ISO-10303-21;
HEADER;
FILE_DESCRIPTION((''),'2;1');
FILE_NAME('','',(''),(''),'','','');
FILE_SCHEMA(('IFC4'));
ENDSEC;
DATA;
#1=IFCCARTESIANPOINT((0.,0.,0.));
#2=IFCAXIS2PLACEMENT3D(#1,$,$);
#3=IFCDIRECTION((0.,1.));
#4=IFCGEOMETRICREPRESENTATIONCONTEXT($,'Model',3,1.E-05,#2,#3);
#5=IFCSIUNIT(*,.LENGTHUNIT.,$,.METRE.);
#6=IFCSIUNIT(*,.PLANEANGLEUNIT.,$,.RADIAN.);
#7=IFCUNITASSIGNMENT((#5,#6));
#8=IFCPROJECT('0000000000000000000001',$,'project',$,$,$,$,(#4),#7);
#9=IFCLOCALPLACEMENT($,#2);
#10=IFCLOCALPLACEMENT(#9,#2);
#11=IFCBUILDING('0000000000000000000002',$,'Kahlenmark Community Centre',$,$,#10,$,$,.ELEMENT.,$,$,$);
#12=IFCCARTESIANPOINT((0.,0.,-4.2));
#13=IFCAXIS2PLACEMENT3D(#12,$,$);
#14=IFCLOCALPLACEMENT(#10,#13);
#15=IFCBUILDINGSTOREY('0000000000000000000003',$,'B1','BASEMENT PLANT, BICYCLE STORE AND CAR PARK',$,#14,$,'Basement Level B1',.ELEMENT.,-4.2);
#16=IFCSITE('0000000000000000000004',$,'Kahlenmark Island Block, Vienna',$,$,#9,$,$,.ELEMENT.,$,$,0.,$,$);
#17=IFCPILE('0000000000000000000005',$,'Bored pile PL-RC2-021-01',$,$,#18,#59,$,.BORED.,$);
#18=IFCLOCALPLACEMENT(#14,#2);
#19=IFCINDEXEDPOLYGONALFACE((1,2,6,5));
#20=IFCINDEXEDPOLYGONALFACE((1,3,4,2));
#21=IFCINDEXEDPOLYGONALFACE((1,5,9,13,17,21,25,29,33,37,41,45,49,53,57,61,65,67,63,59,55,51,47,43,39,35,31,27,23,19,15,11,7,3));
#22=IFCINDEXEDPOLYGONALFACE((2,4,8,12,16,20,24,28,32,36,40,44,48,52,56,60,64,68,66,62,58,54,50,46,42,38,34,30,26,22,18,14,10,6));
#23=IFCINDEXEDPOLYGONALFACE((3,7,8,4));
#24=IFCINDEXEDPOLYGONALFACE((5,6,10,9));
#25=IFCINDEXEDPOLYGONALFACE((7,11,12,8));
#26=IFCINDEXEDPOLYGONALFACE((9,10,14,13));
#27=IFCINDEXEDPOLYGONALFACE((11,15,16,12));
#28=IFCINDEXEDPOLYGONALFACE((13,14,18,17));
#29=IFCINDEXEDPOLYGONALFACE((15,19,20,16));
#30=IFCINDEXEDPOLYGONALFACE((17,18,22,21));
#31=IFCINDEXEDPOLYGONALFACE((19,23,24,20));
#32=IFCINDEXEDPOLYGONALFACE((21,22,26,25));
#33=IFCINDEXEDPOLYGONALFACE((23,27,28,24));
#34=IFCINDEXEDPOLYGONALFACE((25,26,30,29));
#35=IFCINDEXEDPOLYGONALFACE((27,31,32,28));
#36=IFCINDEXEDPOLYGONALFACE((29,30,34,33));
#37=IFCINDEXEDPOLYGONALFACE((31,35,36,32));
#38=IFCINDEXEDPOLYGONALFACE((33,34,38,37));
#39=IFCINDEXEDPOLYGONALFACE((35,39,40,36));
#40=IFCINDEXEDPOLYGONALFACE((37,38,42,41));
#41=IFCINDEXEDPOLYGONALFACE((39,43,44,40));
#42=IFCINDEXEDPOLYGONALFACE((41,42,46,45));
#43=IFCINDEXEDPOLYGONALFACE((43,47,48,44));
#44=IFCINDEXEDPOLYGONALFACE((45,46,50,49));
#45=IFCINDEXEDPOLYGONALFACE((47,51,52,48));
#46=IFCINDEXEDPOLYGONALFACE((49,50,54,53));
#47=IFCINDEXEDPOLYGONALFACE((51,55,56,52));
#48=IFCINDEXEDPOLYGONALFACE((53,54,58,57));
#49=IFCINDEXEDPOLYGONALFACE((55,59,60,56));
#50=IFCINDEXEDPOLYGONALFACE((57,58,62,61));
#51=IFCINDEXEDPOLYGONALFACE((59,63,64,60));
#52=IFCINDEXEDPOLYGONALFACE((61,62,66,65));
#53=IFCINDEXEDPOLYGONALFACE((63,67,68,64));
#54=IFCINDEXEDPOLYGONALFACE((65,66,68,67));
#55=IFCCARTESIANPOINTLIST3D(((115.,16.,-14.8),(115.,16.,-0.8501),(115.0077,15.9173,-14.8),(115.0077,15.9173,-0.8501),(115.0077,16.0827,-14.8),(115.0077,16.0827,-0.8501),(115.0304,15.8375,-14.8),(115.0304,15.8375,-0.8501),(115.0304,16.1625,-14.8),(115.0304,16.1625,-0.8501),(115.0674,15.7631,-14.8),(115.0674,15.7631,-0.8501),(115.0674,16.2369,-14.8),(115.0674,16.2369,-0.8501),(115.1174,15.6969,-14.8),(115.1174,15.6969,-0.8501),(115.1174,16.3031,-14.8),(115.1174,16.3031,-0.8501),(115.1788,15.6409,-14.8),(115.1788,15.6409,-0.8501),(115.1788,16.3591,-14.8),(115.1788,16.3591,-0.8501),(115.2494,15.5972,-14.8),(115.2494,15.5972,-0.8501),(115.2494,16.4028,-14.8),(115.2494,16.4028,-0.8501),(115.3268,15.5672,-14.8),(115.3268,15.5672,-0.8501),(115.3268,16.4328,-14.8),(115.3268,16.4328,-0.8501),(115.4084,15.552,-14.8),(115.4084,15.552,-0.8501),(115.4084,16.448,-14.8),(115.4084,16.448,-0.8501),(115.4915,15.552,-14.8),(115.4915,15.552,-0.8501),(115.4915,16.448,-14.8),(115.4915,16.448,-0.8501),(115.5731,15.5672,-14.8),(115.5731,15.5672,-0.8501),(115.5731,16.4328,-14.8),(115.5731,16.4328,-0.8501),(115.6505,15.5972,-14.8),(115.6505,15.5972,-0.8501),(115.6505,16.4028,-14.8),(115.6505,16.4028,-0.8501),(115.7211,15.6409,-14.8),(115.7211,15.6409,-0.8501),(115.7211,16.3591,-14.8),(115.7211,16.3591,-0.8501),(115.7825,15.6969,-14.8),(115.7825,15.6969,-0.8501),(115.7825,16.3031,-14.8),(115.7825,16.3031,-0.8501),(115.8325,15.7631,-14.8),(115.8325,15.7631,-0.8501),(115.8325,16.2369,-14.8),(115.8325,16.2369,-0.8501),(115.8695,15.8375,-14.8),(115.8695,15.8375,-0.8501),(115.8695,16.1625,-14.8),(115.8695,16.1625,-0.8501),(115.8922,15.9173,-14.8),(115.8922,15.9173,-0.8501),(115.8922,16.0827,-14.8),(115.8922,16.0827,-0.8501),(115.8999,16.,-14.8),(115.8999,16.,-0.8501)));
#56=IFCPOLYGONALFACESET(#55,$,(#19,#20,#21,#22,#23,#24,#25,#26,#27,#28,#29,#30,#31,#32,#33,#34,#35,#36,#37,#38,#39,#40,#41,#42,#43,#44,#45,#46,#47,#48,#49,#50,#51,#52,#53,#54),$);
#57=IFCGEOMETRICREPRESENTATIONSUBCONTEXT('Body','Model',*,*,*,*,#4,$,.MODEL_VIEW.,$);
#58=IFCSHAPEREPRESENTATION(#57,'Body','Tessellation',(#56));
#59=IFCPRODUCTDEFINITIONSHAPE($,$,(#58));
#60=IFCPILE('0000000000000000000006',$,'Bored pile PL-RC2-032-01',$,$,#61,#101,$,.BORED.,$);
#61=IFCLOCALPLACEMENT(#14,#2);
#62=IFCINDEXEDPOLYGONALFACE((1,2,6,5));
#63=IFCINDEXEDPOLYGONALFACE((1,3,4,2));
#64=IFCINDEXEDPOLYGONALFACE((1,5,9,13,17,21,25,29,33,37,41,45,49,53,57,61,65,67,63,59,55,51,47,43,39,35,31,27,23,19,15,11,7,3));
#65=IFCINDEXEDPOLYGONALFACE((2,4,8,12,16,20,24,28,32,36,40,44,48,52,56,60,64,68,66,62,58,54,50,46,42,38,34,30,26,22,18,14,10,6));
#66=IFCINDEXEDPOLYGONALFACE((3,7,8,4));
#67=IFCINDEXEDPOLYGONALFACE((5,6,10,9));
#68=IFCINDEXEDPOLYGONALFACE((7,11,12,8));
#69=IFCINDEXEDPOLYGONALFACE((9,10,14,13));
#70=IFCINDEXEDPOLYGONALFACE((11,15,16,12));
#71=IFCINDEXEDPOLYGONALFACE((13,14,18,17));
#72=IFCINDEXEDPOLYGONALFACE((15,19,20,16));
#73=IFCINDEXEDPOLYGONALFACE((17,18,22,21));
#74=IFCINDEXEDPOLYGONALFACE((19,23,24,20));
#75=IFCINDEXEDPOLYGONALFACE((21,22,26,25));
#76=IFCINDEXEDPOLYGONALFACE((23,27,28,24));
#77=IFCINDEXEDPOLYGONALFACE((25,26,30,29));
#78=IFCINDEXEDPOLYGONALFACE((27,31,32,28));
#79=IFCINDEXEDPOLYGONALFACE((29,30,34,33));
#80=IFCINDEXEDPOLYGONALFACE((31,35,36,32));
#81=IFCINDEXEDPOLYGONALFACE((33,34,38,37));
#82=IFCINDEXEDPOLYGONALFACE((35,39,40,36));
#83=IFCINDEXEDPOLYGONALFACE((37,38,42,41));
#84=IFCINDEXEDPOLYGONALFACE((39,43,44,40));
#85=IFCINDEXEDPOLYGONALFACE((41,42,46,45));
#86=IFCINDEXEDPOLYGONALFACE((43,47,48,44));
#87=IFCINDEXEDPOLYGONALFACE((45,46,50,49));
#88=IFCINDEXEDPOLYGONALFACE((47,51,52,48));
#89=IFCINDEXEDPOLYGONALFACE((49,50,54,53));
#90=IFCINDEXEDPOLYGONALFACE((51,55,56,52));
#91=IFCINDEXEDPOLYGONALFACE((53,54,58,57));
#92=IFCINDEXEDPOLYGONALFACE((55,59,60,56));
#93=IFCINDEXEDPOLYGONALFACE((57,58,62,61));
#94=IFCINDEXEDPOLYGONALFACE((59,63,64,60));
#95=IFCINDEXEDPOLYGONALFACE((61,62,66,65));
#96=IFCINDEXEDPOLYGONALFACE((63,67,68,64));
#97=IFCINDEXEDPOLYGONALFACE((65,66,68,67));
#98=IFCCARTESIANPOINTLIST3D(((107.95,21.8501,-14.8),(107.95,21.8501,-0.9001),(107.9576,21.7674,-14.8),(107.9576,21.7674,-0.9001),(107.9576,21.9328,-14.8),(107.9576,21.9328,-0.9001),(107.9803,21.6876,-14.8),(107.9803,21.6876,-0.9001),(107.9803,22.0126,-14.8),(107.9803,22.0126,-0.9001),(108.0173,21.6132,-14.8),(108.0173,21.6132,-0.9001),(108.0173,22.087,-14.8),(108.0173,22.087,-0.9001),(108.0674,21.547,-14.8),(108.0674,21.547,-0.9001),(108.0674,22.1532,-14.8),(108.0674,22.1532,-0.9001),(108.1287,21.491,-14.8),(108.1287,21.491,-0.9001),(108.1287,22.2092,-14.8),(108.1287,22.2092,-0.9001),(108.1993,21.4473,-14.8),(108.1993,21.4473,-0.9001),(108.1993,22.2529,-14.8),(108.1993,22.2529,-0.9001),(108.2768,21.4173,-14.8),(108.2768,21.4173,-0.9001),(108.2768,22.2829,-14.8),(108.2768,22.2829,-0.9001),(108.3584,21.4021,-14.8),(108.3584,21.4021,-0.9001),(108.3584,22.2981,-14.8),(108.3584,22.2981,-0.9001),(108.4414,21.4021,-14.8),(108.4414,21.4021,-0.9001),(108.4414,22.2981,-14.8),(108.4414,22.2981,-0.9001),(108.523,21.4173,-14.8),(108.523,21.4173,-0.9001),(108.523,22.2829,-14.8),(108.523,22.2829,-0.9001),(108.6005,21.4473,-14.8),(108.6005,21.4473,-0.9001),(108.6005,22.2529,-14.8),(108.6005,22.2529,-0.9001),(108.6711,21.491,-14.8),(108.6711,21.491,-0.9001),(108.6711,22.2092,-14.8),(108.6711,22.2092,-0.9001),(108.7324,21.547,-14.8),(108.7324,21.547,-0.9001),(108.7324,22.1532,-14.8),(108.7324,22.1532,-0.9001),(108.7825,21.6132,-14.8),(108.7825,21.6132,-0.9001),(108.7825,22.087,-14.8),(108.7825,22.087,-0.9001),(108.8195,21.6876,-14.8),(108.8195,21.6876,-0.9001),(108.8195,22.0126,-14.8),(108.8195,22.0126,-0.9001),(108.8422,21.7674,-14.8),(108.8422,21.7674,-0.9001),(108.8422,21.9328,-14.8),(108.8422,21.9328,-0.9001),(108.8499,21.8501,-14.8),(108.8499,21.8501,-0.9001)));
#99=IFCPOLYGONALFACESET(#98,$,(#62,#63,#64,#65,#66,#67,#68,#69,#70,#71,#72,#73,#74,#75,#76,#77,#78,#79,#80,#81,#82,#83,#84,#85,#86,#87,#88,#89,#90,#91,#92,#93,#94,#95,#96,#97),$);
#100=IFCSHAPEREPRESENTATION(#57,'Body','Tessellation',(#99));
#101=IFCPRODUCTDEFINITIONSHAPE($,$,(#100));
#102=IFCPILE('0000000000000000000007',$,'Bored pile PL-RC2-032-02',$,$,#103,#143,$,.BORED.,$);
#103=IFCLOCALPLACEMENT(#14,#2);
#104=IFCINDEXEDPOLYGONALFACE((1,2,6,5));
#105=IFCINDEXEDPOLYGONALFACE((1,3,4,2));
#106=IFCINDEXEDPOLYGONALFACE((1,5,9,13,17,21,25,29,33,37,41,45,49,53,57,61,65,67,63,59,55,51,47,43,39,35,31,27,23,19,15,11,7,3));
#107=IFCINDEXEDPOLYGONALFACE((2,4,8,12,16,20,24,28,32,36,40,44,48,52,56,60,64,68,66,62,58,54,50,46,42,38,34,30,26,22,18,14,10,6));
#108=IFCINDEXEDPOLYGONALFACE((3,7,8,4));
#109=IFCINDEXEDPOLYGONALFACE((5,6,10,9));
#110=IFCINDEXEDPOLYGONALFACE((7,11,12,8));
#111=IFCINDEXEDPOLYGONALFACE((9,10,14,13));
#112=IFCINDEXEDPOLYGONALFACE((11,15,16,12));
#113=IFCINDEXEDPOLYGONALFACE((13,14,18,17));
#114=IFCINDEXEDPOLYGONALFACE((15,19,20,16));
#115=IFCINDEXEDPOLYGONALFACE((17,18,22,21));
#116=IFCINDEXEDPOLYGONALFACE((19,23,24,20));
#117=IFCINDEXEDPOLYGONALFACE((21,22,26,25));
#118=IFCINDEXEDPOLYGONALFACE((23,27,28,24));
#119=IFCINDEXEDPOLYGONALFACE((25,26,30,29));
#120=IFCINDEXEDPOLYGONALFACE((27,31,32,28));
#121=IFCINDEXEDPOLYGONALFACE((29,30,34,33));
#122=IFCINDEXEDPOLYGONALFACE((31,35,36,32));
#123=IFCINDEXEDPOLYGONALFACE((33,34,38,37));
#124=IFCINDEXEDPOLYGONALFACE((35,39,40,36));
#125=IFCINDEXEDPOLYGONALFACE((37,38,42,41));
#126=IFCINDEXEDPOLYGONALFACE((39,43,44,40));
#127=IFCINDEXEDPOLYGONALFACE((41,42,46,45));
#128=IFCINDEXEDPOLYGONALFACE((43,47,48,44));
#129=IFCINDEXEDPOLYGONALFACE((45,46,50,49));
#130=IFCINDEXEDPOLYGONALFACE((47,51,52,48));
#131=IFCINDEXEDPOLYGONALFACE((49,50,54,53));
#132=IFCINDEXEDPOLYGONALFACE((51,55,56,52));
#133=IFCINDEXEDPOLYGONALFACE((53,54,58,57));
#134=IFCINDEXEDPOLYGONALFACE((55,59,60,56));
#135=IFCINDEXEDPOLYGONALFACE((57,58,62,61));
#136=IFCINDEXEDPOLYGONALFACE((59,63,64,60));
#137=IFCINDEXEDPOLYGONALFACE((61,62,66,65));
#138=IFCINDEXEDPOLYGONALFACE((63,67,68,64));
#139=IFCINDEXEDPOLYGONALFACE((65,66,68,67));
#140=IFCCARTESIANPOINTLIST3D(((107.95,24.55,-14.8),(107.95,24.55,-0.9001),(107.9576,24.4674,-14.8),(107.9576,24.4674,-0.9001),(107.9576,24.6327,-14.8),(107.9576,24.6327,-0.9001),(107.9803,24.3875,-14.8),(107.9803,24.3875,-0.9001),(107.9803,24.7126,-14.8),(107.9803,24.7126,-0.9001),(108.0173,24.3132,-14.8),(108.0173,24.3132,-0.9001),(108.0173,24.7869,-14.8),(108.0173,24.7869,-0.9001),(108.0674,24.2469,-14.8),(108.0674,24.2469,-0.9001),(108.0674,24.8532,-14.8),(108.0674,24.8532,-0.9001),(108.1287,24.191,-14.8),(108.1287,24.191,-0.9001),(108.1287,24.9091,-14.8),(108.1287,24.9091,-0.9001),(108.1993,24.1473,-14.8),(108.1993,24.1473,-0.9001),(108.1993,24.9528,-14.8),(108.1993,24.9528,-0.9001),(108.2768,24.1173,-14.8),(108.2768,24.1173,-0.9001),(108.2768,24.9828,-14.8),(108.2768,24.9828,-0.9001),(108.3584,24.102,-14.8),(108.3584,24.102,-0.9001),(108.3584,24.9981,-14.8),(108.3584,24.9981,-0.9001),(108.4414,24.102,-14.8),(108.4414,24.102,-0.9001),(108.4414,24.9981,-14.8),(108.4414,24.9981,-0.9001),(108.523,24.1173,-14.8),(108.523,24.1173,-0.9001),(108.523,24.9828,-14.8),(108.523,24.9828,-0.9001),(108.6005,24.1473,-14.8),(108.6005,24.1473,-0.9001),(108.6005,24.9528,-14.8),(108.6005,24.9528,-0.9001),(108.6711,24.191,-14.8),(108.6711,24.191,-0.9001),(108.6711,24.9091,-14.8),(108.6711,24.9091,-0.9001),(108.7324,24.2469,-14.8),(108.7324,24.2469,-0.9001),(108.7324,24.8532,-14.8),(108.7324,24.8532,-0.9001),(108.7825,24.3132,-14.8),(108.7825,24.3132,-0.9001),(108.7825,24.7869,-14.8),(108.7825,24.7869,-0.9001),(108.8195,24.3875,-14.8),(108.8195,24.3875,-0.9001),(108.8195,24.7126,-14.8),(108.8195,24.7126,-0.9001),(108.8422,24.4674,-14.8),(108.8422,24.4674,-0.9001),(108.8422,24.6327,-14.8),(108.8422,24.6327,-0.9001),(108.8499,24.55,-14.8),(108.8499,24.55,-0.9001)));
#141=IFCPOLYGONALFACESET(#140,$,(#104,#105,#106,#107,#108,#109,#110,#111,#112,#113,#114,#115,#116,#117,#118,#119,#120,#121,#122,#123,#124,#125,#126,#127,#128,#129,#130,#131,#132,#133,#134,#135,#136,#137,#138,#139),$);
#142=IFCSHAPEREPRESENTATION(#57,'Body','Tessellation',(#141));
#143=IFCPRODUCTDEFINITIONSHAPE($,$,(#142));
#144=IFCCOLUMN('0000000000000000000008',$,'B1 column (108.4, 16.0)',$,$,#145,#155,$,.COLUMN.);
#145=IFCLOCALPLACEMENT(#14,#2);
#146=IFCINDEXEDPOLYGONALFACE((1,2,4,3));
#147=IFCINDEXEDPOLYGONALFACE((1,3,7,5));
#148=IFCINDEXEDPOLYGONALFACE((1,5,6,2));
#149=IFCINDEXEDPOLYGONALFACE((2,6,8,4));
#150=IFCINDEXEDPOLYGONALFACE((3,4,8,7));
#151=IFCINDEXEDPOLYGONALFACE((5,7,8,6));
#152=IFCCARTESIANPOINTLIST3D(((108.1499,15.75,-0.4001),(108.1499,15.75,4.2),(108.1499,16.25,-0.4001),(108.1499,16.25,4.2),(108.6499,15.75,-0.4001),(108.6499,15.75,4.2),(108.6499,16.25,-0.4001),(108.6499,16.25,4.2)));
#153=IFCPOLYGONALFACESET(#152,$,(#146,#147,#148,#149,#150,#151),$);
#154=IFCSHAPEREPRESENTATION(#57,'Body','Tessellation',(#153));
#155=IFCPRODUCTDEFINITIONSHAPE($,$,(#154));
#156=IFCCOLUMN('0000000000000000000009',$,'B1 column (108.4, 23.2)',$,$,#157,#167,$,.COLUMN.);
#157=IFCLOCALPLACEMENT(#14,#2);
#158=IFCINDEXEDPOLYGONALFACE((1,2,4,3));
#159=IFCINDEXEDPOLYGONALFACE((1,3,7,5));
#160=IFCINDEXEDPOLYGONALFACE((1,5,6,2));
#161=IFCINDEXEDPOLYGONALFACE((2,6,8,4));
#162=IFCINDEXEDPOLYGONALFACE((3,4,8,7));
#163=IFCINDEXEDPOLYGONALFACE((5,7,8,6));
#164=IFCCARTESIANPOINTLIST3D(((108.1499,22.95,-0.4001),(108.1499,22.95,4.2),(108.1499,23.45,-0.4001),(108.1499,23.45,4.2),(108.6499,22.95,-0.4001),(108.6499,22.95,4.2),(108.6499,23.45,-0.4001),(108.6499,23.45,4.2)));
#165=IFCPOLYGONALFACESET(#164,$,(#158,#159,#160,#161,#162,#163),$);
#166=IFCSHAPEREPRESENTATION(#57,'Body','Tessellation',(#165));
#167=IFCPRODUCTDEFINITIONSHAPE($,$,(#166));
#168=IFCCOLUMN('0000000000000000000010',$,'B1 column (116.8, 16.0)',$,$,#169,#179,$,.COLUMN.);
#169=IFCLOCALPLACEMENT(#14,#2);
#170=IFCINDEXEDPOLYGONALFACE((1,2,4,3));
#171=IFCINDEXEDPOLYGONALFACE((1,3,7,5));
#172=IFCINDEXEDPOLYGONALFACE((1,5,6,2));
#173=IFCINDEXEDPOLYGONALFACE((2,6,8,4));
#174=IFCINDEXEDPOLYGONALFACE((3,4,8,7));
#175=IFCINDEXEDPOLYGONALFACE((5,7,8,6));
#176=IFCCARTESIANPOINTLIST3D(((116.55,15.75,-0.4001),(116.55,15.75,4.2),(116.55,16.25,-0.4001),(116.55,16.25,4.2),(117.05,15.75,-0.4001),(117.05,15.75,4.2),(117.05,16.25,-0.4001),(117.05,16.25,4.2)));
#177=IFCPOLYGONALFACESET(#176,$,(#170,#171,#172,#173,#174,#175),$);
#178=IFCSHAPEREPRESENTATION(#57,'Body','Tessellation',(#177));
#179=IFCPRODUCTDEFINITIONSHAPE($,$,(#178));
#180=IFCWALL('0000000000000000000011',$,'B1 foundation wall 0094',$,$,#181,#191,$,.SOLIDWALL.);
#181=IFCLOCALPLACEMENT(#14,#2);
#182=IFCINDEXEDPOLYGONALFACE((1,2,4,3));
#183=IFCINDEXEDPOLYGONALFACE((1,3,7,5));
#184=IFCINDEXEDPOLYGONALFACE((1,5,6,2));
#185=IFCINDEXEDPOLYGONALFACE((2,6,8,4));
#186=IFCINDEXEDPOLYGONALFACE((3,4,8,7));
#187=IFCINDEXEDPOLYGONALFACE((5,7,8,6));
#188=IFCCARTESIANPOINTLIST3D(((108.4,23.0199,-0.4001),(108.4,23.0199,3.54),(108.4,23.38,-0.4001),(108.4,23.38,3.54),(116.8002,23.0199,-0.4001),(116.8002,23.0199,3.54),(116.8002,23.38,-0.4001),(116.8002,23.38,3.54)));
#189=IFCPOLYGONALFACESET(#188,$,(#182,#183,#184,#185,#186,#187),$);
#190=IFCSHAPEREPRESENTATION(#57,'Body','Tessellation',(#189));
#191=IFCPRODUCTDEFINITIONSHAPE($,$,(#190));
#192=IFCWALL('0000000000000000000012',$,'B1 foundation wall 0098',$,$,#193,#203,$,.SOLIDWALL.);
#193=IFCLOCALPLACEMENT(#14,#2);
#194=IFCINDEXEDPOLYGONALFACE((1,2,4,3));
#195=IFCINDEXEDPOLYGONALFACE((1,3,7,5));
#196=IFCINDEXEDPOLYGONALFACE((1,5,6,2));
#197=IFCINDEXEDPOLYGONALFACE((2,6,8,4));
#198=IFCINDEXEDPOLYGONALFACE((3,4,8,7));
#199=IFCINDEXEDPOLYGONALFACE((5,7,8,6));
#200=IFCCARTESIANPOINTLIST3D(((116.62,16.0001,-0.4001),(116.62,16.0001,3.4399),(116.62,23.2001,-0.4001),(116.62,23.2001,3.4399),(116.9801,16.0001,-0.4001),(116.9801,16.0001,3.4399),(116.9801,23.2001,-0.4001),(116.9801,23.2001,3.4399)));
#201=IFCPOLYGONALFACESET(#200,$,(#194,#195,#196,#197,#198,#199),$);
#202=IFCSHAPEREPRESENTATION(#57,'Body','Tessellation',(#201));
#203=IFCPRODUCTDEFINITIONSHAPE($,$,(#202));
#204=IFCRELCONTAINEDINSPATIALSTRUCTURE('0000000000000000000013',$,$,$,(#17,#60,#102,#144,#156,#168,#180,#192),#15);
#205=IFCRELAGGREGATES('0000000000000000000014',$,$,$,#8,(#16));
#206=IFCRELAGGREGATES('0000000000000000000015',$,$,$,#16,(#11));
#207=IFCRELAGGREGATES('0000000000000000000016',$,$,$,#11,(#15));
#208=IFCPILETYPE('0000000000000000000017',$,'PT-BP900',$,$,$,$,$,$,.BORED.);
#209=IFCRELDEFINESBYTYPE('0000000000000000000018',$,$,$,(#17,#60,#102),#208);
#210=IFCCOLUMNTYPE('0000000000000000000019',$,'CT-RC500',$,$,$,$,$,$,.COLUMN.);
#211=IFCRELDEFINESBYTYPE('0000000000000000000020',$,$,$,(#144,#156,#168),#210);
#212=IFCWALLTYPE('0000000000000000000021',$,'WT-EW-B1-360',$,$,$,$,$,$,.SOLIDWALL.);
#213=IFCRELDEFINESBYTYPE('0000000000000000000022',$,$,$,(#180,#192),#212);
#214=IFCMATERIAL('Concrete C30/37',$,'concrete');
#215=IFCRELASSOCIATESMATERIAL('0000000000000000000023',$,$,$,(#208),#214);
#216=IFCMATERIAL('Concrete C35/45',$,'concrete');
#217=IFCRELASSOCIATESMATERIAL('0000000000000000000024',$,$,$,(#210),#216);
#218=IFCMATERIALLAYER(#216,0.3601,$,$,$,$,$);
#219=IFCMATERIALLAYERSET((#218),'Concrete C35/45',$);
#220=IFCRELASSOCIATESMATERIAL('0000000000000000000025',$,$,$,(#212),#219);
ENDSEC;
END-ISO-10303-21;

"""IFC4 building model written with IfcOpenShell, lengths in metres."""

from ifc_helpers import new_model, si_unit, direction, frame, frame_2d, origin, origin_2d, place, context, subcontext, project, spatial, rectangle, circle, extrude, material, layer, layer_set, material_profile, profile_set, type_object, element, save


model = new_model("IFC4")

# Units and contexts
model_context = context("Model", 3, precision=1e-05, world=origin(), true_north=direction((0.0, 1.0)))
body_context = subcontext(model_context, "Body", "Model", "MODEL_VIEW")
ifc_project = project(units=[si_unit("LENGTHUNIT", "METRE"), si_unit("PLANEANGLEUNIT", "RADIAN")], contexts=[model_context])

# Site, building, storey
site_placement = place(None, origin())
site = spatial("IfcSite", under=ifc_project, at=site_placement, Name="Kahlenmark Island Block, Vienna", CompositionType="ELEMENT", RefElevation=0.0)
building_placement = place(site_placement, origin())
building = spatial("IfcBuilding", under=site, at=building_placement, Name="Kahlenmark Community Centre", CompositionType="ELEMENT")
storey_placement = place(building_placement, frame((0.0, 0.0, -4.2)))
storey = spatial("IfcBuildingStorey", under=building, at=storey_placement, Name="B1", Description="BASEMENT PLANT, BICYCLE STORE AND CAR PARK", LongName="Basement Level B1", CompositionType="ELEMENT", Elevation=-4.2)

# Shared definitions
ifc_material_1 = material(Name="Concrete C30/37", Category="concrete")

# Piles
ifc_material_profile_1 = material_profile(ifc_material_1, circle(Radius=0.45, at=origin_2d()), Name="BORED PILE 900")
ifc_profile_set_1 = profile_set([ifc_material_profile_1], Name="Concrete C30/37")
pile_type_1 = type_object("IfcPileType", Name="PT-BP900", PredefinedType="BORED", material=ifc_profile_set_1)
pile_placement = place(storey_placement, frame((115.45, 16.0, -0.8501), z_axis=(0.0, 0.0, -1.0), x_axis=(1.0, 0.0, 0.0)))
element("IfcPile", 1, at=pile_placement, inside=storey, type_object=pile_type_1, Name="Bored pile PL-RC2-021-01", PredefinedType="BORED", context=body_context, shape_type="SweptSolid", body=[
    extrude(circle(Radius=0.45, at=origin_2d()), origin(), (0.0, 0.0, 1.0), 13.95),
])
for number, where, z_axis, x_axis, name in (
    (2, (108.3999, 21.8501, -0.9001), (0.0, 0.0, -1.0), (1.0, 0.0, 0.0), "Bored pile PL-RC2-032-01"),
    (3, (108.3999, 24.55, -0.9001), (0.0, 0.0, -1.0), (1.0, 0.0, 0.0), "Bored pile PL-RC2-032-02"),
):
    element("IfcPile", number, at=place(storey_placement, frame(where, z_axis=z_axis, x_axis=x_axis)), inside=storey, type_object=pile_type_1, Name=name, PredefinedType="BORED", context=body_context, shape_type="SweptSolid", body=[
        extrude(circle(Radius=0.45, at=origin_2d()), origin(), (0.0, 0.0, 1.0), 13.8999),
    ])

# Columns
ifc_material_2 = material(Name="Concrete C35/45", Category="concrete")
ifc_material_profile_2 = material_profile(ifc_material_2, rectangle(XDim=0.5, YDim=0.5, at=origin_2d()), Name="RC 500x500")
ifc_profile_set_2 = profile_set([ifc_material_profile_2], Name="Concrete C35/45")
column_type = type_object("IfcColumnType", Name="CT-RC500", PredefinedType="COLUMN", material=ifc_profile_set_2)
for number, where, z_axis, x_axis, name in (
    (4, (108.3999, 16.0, -0.4001), (0.0, 0.0, 1.0), (1.0, 0.0, 0.0), "B1 column (108.4, 16.0)"),
    (5, (108.3999, 23.2, -0.4001), (0.0, 0.0, 1.0), (1.0, 0.0, 0.0), "B1 column (108.4, 23.2)"),
    (6, (116.8, 16.0, -0.4001), (0.0, 0.0, 1.0), (1.0, 0.0, 0.0), "B1 column (116.8, 16.0)"),
):
    element("IfcColumn", number, at=place(storey_placement, frame(where, z_axis=z_axis, x_axis=x_axis)), inside=storey, type_object=column_type, Name=name, PredefinedType="COLUMN", context=body_context, shape_type="SweptSolid", body=[
        extrude(rectangle(XDim=0.5, YDim=0.5, at=origin_2d()), origin(), (0.0, 0.0, 1.0), 4.6001),
    ])

# Walls
ifc_layer = layer(ifc_material_2, 0.3601)
ifc_layer_set = layer_set([ifc_layer], Name="Concrete C35/45")
wall_type = type_object("IfcWallType", Name="WT-EW-B1-360", PredefinedType="SOLIDWALL", material=ifc_layer_set)
wall_1_placement = place(storey_placement, frame((108.3999, 23.2, -0.4001), z_axis=(0.0, 0.0, 1.0), x_axis=(1.0, 0.0, 0.0)))
element("IfcWall", 7, at=wall_1_placement, inside=storey, type_object=wall_type, Name="B1 foundation wall 0094", PredefinedType="SOLIDWALL", context=body_context, shape_type="SweptSolid", body=[
    extrude(rectangle(XDim=8.4001, YDim=0.3601, at=frame_2d((4.2002, 0.0))), origin(), (0.0, 0.0, 1.0), 3.9402),
])
wall_2_placement = place(storey_placement, frame((116.8, 16.0, -0.4001), z_axis=(0.0, 0.0, 1.0), x_axis=(0.0, 1.0, 0.0)))
element("IfcWall", 8, at=wall_2_placement, inside=storey, type_object=wall_type, Name="B1 foundation wall 0098", PredefinedType="SOLIDWALL", context=body_context, shape_type="SweptSolid", body=[
    extrude(rectangle(XDim=7.2, YDim=0.3601, at=frame_2d((3.6001, 0.0))), origin(), (0.0, 0.0, 1.0), 3.8401),
])

save(model, "model.ifc")
